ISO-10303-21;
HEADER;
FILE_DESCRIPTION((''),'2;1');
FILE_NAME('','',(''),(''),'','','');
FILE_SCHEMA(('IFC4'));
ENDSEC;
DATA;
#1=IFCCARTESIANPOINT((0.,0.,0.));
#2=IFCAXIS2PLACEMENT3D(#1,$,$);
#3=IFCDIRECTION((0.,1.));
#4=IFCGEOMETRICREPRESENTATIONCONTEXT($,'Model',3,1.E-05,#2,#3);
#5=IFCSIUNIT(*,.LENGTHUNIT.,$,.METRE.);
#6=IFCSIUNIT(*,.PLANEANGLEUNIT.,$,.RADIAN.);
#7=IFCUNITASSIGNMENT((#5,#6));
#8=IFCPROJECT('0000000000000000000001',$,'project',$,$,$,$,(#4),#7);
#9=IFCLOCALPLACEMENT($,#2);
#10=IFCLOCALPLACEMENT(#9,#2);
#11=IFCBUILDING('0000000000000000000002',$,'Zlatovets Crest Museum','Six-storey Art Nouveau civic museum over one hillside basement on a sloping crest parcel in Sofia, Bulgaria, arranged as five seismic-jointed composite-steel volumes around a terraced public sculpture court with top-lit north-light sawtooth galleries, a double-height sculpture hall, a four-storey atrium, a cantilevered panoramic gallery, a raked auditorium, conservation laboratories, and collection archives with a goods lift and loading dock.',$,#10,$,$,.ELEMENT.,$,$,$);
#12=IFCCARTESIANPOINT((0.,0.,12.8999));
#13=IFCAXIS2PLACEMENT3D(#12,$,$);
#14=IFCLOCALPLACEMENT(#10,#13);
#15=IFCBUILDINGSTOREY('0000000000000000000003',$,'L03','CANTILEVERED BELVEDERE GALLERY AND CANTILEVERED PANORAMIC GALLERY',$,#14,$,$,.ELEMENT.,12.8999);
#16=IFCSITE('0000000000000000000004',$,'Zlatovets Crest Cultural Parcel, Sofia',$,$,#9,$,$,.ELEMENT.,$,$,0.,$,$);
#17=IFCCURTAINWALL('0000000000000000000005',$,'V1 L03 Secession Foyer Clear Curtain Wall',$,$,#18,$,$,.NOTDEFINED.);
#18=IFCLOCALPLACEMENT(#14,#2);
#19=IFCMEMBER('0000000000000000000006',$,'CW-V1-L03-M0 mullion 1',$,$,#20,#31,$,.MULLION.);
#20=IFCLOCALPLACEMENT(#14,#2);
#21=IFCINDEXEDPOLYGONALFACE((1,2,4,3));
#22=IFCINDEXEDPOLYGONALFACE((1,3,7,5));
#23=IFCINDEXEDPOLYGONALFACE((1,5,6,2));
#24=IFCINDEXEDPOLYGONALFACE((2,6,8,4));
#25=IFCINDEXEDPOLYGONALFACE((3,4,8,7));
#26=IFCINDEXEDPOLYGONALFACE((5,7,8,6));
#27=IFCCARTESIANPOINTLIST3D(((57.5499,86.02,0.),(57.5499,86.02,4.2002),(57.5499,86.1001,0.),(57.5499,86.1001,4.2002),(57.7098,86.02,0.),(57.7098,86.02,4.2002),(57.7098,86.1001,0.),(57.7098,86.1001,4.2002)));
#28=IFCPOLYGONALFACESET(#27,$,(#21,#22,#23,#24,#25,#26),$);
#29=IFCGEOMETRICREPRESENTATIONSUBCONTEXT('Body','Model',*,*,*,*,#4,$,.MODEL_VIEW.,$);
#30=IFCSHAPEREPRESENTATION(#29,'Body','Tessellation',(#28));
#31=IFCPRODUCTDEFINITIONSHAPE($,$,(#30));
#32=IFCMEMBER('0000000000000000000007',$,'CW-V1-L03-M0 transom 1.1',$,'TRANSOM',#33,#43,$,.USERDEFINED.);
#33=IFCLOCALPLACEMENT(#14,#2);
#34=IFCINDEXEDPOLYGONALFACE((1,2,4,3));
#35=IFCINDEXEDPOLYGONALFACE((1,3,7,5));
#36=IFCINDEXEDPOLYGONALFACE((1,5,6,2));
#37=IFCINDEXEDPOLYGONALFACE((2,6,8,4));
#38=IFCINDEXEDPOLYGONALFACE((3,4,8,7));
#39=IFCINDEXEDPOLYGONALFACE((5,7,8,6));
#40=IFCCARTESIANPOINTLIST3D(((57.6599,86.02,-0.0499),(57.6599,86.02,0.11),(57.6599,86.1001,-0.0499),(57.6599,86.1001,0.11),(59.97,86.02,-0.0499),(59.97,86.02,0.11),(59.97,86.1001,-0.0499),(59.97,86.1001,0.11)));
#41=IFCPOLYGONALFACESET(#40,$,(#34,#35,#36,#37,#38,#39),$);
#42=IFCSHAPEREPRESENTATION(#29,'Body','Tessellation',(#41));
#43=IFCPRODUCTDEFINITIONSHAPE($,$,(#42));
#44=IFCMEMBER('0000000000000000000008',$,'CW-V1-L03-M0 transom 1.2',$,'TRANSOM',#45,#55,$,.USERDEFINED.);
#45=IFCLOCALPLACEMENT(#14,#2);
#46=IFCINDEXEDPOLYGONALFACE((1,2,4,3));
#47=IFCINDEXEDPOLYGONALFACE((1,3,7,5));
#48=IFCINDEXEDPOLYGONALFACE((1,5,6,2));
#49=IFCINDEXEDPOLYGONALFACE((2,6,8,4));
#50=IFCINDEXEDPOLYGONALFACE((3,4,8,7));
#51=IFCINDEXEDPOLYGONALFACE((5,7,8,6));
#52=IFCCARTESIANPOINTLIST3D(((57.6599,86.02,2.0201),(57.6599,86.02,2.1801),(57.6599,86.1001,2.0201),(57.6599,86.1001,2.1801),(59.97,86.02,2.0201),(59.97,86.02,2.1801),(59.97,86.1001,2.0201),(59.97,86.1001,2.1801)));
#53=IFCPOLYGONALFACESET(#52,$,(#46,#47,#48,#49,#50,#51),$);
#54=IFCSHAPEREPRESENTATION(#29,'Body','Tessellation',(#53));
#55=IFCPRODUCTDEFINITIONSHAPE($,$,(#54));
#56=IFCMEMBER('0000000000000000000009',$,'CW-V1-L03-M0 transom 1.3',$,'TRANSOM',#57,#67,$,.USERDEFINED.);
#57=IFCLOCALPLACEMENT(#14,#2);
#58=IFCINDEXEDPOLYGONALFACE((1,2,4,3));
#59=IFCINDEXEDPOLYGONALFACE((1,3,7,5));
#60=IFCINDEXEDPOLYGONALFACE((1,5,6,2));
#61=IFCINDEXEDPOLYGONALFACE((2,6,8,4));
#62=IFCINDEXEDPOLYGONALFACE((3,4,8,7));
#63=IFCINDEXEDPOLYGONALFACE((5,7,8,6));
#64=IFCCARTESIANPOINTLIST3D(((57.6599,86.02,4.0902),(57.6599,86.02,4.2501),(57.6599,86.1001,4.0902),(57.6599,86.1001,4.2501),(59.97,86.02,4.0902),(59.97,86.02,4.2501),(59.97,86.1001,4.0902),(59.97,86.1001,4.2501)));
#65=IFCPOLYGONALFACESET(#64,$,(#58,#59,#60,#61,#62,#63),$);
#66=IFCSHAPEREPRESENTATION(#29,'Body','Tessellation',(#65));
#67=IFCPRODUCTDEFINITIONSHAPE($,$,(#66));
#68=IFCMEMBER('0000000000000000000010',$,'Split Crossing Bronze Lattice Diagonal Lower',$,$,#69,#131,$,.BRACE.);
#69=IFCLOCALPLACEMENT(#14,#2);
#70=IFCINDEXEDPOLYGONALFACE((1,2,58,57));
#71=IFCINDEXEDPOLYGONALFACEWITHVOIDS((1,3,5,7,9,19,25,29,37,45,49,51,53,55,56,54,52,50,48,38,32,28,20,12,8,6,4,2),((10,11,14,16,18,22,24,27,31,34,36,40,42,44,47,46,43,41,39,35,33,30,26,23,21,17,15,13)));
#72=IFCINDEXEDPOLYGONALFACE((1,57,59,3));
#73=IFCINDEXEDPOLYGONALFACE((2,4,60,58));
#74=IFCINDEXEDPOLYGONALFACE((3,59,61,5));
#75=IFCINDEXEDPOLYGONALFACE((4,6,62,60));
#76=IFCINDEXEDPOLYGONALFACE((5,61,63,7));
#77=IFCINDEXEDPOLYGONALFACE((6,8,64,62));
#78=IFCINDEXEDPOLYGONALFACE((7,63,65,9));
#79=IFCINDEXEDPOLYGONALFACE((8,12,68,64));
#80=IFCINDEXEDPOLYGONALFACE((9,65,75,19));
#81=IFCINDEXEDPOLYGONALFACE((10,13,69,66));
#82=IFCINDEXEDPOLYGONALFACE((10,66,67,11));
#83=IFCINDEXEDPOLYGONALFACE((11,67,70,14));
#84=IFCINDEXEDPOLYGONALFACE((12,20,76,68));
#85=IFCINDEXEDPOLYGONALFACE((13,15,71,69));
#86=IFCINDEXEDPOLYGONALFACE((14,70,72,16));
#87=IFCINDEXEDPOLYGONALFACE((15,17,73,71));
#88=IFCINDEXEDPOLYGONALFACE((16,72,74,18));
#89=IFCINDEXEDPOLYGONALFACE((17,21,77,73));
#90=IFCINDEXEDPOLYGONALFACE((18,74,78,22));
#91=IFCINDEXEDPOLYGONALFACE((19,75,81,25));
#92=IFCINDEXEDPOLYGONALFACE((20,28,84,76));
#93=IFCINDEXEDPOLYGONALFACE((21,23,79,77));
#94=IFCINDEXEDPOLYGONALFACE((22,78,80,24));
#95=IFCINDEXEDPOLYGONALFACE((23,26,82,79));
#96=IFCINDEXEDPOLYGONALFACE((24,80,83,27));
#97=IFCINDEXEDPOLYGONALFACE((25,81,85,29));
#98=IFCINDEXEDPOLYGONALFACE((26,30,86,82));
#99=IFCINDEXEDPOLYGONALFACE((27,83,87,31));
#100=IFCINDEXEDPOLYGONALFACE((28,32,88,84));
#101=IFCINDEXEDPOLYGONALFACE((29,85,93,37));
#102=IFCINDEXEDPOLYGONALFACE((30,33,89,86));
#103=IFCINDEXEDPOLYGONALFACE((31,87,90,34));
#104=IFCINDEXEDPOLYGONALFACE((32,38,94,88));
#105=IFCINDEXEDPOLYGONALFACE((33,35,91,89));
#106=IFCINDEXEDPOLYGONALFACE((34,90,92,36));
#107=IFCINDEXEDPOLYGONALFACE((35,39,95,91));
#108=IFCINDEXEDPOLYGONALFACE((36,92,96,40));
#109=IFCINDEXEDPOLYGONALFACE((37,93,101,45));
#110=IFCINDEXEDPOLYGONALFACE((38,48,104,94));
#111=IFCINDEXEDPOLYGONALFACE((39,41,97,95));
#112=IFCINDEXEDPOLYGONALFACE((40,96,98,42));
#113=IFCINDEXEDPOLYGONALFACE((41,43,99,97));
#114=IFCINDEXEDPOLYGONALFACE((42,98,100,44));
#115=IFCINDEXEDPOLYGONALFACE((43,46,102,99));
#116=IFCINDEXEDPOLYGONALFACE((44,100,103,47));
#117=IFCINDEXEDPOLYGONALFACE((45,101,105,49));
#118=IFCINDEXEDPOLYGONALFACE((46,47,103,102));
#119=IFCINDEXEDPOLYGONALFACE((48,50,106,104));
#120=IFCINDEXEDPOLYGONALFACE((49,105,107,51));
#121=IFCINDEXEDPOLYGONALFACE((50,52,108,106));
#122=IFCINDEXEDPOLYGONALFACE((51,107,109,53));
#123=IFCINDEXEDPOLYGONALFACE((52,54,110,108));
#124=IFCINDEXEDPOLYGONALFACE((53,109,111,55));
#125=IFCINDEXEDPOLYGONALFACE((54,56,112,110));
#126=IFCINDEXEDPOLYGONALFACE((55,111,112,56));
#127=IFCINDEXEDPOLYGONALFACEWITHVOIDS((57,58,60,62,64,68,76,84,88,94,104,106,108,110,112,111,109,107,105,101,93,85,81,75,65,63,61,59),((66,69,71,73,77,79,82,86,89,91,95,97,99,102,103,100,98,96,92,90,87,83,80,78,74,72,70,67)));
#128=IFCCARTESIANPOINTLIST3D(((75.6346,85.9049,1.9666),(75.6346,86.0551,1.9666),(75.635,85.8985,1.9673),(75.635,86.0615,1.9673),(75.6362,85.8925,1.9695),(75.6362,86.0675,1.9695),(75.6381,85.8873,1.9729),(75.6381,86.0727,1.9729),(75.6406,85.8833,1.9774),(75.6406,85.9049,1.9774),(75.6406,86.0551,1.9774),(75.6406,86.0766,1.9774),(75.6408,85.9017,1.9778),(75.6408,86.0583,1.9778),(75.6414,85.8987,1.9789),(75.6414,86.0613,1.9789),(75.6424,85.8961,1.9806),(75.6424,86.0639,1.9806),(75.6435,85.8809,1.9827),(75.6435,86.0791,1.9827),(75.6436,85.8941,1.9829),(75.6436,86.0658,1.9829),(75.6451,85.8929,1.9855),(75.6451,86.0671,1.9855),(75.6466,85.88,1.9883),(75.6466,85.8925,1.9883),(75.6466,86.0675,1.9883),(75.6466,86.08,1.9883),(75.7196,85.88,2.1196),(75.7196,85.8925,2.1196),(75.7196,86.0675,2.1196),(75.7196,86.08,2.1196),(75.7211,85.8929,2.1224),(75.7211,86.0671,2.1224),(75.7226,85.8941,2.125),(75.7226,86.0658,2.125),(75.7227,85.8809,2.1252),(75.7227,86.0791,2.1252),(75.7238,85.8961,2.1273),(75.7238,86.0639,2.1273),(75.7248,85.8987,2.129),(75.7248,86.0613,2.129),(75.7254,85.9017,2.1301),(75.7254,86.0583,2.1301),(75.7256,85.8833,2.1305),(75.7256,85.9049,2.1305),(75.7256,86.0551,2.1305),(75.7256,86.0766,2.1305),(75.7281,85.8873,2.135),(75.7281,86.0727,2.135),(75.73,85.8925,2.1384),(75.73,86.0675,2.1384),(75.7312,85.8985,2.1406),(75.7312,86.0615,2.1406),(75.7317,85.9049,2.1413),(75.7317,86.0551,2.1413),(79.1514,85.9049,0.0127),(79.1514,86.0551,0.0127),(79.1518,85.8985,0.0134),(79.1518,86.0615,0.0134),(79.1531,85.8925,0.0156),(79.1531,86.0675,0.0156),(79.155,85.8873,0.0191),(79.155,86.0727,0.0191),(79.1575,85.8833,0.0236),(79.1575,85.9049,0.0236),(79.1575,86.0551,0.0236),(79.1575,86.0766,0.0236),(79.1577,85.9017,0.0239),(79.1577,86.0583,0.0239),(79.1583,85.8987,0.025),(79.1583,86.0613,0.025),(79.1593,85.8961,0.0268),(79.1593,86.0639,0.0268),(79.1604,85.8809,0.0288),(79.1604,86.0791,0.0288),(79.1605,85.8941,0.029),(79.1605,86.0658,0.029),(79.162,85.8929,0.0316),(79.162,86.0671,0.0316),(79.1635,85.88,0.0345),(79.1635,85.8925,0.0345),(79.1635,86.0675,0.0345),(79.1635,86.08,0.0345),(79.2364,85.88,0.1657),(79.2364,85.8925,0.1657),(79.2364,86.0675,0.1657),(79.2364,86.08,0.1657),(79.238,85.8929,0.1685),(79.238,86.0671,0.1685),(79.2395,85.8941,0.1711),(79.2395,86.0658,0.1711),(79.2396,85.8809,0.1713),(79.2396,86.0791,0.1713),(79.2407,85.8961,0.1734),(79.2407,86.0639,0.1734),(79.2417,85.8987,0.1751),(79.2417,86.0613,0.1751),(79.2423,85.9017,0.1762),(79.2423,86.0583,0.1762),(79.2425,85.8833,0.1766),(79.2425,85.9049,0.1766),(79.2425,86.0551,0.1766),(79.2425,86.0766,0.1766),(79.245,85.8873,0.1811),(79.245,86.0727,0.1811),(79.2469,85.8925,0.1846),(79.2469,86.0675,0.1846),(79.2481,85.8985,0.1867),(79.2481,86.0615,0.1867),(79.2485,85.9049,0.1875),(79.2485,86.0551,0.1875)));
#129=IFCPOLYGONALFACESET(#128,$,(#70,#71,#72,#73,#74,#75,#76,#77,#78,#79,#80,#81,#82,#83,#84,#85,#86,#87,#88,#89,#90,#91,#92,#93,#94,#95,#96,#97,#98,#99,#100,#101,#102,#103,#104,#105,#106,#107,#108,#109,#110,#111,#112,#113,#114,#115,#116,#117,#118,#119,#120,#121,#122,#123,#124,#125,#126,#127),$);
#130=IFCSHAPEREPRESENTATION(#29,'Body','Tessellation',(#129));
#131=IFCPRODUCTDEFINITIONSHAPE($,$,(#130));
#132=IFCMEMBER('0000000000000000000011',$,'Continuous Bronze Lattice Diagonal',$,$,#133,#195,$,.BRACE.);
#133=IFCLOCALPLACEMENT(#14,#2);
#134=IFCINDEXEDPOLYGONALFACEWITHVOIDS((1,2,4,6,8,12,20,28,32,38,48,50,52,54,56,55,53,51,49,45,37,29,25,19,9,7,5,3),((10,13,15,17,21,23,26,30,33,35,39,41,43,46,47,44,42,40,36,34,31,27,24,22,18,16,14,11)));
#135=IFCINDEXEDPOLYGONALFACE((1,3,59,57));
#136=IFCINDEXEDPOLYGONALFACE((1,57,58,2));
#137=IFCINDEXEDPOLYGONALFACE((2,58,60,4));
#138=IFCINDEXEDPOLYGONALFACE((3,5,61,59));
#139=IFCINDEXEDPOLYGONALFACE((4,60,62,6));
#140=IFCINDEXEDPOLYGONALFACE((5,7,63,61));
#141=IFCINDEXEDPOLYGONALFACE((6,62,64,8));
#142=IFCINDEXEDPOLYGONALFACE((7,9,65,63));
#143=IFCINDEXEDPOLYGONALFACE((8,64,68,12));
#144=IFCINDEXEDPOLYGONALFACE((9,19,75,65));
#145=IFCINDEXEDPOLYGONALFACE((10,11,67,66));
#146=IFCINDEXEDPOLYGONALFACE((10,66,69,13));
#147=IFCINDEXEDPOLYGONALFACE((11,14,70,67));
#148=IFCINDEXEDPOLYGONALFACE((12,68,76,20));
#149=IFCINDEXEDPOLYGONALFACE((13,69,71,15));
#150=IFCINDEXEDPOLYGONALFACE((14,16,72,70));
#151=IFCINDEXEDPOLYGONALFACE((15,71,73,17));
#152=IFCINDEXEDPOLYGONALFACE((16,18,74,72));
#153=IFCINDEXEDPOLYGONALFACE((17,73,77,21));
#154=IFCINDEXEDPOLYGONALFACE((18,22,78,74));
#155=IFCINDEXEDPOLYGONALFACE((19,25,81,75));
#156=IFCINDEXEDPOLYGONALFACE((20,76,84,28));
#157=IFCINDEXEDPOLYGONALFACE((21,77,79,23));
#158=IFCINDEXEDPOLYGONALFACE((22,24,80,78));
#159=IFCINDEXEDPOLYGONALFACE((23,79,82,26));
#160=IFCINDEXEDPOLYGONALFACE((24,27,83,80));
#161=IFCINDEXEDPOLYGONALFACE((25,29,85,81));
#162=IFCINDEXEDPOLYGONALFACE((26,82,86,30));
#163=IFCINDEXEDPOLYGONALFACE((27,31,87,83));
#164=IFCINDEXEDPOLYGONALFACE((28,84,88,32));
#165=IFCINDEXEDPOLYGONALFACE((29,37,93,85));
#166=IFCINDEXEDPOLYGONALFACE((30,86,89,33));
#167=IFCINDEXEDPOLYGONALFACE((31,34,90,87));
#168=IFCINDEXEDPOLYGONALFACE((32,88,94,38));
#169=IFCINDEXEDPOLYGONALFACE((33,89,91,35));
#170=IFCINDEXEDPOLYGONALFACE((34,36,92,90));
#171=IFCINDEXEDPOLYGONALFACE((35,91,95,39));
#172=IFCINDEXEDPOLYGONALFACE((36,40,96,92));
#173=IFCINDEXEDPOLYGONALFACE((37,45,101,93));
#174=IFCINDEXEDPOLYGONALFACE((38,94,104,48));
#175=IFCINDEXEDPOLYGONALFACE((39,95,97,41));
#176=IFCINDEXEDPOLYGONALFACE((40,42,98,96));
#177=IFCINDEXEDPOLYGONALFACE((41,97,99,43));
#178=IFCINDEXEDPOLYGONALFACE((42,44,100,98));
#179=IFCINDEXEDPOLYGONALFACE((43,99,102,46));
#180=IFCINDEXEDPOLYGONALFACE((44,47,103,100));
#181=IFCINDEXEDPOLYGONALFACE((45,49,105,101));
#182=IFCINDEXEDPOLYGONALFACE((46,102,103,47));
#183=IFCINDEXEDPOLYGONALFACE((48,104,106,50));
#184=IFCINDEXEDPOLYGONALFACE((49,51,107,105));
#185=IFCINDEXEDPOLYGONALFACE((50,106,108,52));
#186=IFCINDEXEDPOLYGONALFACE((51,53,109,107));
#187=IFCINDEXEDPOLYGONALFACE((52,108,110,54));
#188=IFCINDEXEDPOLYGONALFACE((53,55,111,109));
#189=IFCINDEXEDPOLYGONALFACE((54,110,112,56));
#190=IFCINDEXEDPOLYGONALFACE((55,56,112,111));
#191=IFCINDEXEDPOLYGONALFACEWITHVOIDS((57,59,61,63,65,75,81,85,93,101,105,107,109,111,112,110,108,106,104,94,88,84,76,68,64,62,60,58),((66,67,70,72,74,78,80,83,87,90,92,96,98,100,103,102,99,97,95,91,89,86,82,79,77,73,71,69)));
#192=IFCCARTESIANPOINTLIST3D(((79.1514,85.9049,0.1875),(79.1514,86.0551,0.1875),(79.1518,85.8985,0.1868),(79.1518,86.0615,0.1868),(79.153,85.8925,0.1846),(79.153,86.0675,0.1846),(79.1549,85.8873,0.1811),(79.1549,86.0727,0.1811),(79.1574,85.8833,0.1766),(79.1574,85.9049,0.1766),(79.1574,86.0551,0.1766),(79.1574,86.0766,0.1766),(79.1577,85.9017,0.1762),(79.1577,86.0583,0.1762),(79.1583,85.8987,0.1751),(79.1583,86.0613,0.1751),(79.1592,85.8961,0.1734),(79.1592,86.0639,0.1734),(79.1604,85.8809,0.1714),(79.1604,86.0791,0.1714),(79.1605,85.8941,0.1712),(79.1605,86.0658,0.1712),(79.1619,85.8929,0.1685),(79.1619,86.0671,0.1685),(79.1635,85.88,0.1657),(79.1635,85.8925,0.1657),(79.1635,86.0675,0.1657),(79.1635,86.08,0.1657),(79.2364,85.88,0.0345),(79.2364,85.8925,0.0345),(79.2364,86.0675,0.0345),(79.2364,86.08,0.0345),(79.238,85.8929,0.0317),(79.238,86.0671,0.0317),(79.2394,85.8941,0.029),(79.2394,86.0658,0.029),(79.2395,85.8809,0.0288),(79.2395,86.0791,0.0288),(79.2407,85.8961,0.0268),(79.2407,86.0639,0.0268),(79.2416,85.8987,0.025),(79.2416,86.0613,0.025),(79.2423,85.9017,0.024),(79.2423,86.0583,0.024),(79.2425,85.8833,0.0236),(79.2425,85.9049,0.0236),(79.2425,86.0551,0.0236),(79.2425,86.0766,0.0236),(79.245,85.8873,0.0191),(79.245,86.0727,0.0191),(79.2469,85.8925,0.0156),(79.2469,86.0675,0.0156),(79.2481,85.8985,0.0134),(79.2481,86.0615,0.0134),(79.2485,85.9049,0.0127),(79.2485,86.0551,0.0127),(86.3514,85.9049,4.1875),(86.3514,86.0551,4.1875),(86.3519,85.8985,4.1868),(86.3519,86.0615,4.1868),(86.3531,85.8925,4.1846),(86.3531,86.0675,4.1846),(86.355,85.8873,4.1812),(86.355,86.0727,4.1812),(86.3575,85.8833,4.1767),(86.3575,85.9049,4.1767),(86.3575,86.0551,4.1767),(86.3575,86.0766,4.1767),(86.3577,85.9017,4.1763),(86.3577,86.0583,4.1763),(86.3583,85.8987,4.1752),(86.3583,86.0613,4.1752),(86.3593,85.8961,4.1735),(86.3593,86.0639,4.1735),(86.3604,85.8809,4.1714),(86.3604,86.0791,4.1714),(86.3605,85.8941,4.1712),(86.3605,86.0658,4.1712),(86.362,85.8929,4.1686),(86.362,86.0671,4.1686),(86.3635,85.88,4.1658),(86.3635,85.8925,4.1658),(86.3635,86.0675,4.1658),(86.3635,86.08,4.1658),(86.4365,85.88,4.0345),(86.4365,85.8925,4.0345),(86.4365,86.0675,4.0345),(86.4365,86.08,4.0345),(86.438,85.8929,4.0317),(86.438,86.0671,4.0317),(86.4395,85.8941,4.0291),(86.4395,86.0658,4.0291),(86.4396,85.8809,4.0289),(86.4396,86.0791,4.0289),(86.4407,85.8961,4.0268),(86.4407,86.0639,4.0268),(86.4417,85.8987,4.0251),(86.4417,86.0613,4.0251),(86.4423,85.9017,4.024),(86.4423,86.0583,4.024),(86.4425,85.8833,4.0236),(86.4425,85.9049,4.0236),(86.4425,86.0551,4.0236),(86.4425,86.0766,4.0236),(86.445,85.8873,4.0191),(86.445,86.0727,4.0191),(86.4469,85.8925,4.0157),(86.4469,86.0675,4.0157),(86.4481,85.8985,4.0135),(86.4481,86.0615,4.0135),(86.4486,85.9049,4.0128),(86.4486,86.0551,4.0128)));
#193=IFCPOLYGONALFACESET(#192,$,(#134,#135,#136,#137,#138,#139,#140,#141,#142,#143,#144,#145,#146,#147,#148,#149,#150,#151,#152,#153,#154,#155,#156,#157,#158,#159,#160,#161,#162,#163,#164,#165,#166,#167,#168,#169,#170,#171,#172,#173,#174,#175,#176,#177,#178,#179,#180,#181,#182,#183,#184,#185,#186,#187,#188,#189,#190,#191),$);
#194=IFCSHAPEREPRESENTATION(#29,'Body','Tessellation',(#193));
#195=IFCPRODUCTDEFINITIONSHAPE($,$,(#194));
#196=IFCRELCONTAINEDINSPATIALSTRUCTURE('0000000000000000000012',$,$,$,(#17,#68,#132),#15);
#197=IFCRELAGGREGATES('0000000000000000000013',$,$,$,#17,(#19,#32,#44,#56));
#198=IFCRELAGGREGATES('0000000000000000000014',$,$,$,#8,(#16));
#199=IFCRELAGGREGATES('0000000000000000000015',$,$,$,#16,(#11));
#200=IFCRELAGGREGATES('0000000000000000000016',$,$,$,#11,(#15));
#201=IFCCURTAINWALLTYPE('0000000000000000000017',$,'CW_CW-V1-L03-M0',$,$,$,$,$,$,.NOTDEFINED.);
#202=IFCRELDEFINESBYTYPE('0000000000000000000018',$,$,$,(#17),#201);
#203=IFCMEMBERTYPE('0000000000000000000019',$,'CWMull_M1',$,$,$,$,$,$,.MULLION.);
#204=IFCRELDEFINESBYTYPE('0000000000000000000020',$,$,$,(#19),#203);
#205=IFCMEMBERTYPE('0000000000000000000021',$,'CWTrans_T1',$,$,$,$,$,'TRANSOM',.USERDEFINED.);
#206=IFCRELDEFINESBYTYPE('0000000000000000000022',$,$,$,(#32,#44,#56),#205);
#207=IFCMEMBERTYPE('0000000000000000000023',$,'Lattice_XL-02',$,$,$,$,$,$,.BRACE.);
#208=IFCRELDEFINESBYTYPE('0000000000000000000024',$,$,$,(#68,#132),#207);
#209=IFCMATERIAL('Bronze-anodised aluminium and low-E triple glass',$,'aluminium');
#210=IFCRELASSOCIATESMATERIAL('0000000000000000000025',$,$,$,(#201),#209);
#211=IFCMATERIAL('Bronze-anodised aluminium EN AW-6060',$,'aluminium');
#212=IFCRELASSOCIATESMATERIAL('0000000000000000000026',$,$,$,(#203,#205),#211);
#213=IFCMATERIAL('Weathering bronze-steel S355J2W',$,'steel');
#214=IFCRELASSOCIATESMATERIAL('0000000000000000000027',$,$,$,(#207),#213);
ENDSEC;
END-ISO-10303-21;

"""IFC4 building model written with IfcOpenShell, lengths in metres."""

from ifc_helpers import new_model, si_unit, direction, frame, origin, origin_2d, place, context, subcontext, project, spatial, rectangle, hollow_rectangle, extrude, material, material_profile, profile_set, type_object, element, aggregate, save


model = new_model("IFC4")

# Units and contexts
model_context = context("Model", 3, precision=1e-05, world=origin(), true_north=direction((0.0, 1.0)))
body_context = subcontext(model_context, "Body", "Model", "MODEL_VIEW")
ifc_project = project(units=[si_unit("LENGTHUNIT", "METRE"), si_unit("PLANEANGLEUNIT", "RADIAN")], contexts=[model_context])

# Site, building, storey
site_placement = place(None, origin())
site = spatial("IfcSite", under=ifc_project, at=site_placement, Name="Zlatovets Crest Cultural Parcel, Sofia", CompositionType="ELEMENT", RefElevation=0.0)
building_placement = place(site_placement, origin())
building = spatial("IfcBuilding", under=site, at=building_placement, Name="Zlatovets Crest Museum", Description="Six-storey Art Nouveau civic museum over one hillside basement on a sloping crest parcel in Sofia, Bulgaria, arranged as five seismic-jointed composite-steel volumes around a terraced public sculpture court with top-lit north-light sawtooth galleries, a double-height sculpture hall, a four-storey atrium, a cantilevered panoramic gallery, a raked auditorium, conservation laboratories, and collection archives with a goods lift and loading dock.", CompositionType="ELEMENT")
storey_placement = place(building_placement, frame((0.0, 0.0, 12.8999)))
storey = spatial("IfcBuildingStorey", under=building, at=storey_placement, Name="L03", Description="CANTILEVERED BELVEDERE GALLERY AND CANTILEVERED PANORAMIC GALLERY", CompositionType="ELEMENT", Elevation=12.8999)

# Curtain wall, members
ifc_material_1 = material(Name="Bronze-anodised aluminium and low-E triple glass", Category="aluminium")
curtain_wall_type = type_object("IfcCurtainWallType", Name="CW_CW-V1-L03-M0", PredefinedType="NOTDEFINED", material=ifc_material_1)
curtain_wall_placement = place(storey_placement, origin())
curtain_wall = element("IfcCurtainWall", 1, at=curtain_wall_placement, inside=storey, type_object=curtain_wall_type, Name="V1 L03 Secession Foyer Clear Curtain Wall", PredefinedType="NOTDEFINED")
ifc_material_2 = material(Name="Bronze-anodised aluminium EN AW-6060", Category="aluminium")
ifc_material_profile_1 = material_profile(ifc_material_2, rectangle(XDim=0.0801, YDim=0.1599, at=origin_2d()), Name="ALU 80x160")
ifc_profile_set_1 = profile_set([ifc_material_profile_1], Name="Bronze-anodised aluminium EN AW-6060")
member_type_1 = type_object("IfcMemberType", Name="CWMull_M1", PredefinedType="MULLION", material=ifc_profile_set_1)
member_1_placement = place(storey_placement, frame((57.6299, 86.0601, 0.0), z_axis=(0.0, 0.0, 1.0), x_axis=(0.0, 1.0, 0.0)))
member_1 = element("IfcMember", 2, at=member_1_placement, type_object=member_type_1, Name="CW-V1-L03-M0 mullion 1", PredefinedType="MULLION", context=body_context, shape_type="SweptSolid", body=[
    extrude(rectangle(XDim=0.0801, YDim=0.1599, at=origin_2d()), origin(), (0.0, 0.0, 1.0), 4.2002),
])
ifc_material_profile_2 = material_profile(ifc_material_2, rectangle(XDim=0.0801, YDim=0.1599, at=origin_2d()), Name="ALU 80x160")
ifc_profile_set_2 = profile_set([ifc_material_profile_2], Name="Bronze-anodised aluminium EN AW-6060")
member_type_2 = type_object("IfcMemberType", Name="CWTrans_T1", ElementType="TRANSOM", PredefinedType="USERDEFINED", material=ifc_profile_set_2)
member_2_placement = place(storey_placement, frame((57.6599, 86.0601, 0.03), z_axis=(1.0, 0.0, 0.0), x_axis=(0.0, 1.0, 0.0)))
member_2 = element("IfcMember", 3, at=member_2_placement, type_object=member_type_2, Name="CW-V1-L03-M0 transom 1.1", ObjectType="TRANSOM", PredefinedType="USERDEFINED", context=body_context, shape_type="SweptSolid", body=[
    extrude(rectangle(XDim=0.0801, YDim=0.1599, at=origin_2d()), origin(), (0.0, 0.0, 1.0), 2.3101),
])
member_3_placement = place(storey_placement, frame((57.6599, 86.0601, 2.1001), z_axis=(1.0, 0.0, 0.0), x_axis=(0.0, 1.0, 0.0)))
member_3 = element("IfcMember", 4, at=member_3_placement, type_object=member_type_2, Name="CW-V1-L03-M0 transom 1.2", ObjectType="TRANSOM", PredefinedType="USERDEFINED", context=body_context, shape_type="SweptSolid", body=[
    extrude(rectangle(XDim=0.0801, YDim=0.1599, at=origin_2d()), origin(), (0.0, 0.0, 1.0), 2.3101),
])
member_4_placement = place(storey_placement, frame((57.6599, 86.0601, 4.1702), z_axis=(1.0, 0.0, 0.0), x_axis=(0.0, 1.0, 0.0)))
member_4 = element("IfcMember", 5, at=member_4_placement, type_object=member_type_2, Name="CW-V1-L03-M0 transom 1.3", ObjectType="TRANSOM", PredefinedType="USERDEFINED", context=body_context, shape_type="SweptSolid", body=[
    extrude(rectangle(XDim=0.0801, YDim=0.1599, at=origin_2d()), origin(), (0.0, 0.0, 1.0), 2.3101),
])

# Members
ifc_material_3 = material(Name="Weathering bronze-steel S355J2W", Category="steel")
ifc_material_profile_3 = material_profile(ifc_material_3, hollow_rectangle(XDim=0.2, YDim=0.2, WallThickness=0.0125, InnerFilletRadius=0.0125, OuterFilletRadius=0.0249, at=origin_2d()), Name="SHS 200x200x12.5")
ifc_profile_set_3 = profile_set([ifc_material_profile_3], Name="Weathering bronze-steel S355J2W")
member_type_3 = type_object("IfcMemberType", Name="Lattice_XL-02", PredefinedType="BRACE", material=ifc_profile_set_3)
member_5_placement = place(storey_placement, frame((75.6831, 85.98, 2.054), z_axis=(0.874152, 0.0, -0.485653), x_axis=(0.0, 1.0, 0.0)))
element("IfcMember", 6, at=member_5_placement, inside=storey, type_object=member_type_3, Name="Split Crossing Bronze Lattice Diagonal Lower", PredefinedType="BRACE", context=body_context, shape_type="SweptSolid", body=[
    extrude(hollow_rectangle(XDim=0.2, YDim=0.2, WallThickness=0.0125, InnerFilletRadius=0.0125, OuterFilletRadius=0.0249, at=origin_2d()), origin(), (0.0, 0.0, 1.0), 4.0232),
])
member_6_placement = place(storey_placement, frame((79.2, 85.98, 0.1001), z_axis=(0.874156, 0.0, 0.485645), x_axis=(0.0, 1.0, 0.0)))
element("IfcMember", 7, at=member_6_placement, inside=storey, type_object=member_type_3, Name="Continuous Bronze Lattice Diagonal", PredefinedType="BRACE", context=body_context, shape_type="SweptSolid", body=[
    extrude(hollow_rectangle(XDim=0.2, YDim=0.2, WallThickness=0.0125, InnerFilletRadius=0.0125, OuterFilletRadius=0.0249, at=origin_2d()), origin(), (0.0, 0.0, 1.0), 8.2366),
])

aggregate(curtain_wall, [member_1, member_2, member_3, member_4])

save(model, "model.ifc")
